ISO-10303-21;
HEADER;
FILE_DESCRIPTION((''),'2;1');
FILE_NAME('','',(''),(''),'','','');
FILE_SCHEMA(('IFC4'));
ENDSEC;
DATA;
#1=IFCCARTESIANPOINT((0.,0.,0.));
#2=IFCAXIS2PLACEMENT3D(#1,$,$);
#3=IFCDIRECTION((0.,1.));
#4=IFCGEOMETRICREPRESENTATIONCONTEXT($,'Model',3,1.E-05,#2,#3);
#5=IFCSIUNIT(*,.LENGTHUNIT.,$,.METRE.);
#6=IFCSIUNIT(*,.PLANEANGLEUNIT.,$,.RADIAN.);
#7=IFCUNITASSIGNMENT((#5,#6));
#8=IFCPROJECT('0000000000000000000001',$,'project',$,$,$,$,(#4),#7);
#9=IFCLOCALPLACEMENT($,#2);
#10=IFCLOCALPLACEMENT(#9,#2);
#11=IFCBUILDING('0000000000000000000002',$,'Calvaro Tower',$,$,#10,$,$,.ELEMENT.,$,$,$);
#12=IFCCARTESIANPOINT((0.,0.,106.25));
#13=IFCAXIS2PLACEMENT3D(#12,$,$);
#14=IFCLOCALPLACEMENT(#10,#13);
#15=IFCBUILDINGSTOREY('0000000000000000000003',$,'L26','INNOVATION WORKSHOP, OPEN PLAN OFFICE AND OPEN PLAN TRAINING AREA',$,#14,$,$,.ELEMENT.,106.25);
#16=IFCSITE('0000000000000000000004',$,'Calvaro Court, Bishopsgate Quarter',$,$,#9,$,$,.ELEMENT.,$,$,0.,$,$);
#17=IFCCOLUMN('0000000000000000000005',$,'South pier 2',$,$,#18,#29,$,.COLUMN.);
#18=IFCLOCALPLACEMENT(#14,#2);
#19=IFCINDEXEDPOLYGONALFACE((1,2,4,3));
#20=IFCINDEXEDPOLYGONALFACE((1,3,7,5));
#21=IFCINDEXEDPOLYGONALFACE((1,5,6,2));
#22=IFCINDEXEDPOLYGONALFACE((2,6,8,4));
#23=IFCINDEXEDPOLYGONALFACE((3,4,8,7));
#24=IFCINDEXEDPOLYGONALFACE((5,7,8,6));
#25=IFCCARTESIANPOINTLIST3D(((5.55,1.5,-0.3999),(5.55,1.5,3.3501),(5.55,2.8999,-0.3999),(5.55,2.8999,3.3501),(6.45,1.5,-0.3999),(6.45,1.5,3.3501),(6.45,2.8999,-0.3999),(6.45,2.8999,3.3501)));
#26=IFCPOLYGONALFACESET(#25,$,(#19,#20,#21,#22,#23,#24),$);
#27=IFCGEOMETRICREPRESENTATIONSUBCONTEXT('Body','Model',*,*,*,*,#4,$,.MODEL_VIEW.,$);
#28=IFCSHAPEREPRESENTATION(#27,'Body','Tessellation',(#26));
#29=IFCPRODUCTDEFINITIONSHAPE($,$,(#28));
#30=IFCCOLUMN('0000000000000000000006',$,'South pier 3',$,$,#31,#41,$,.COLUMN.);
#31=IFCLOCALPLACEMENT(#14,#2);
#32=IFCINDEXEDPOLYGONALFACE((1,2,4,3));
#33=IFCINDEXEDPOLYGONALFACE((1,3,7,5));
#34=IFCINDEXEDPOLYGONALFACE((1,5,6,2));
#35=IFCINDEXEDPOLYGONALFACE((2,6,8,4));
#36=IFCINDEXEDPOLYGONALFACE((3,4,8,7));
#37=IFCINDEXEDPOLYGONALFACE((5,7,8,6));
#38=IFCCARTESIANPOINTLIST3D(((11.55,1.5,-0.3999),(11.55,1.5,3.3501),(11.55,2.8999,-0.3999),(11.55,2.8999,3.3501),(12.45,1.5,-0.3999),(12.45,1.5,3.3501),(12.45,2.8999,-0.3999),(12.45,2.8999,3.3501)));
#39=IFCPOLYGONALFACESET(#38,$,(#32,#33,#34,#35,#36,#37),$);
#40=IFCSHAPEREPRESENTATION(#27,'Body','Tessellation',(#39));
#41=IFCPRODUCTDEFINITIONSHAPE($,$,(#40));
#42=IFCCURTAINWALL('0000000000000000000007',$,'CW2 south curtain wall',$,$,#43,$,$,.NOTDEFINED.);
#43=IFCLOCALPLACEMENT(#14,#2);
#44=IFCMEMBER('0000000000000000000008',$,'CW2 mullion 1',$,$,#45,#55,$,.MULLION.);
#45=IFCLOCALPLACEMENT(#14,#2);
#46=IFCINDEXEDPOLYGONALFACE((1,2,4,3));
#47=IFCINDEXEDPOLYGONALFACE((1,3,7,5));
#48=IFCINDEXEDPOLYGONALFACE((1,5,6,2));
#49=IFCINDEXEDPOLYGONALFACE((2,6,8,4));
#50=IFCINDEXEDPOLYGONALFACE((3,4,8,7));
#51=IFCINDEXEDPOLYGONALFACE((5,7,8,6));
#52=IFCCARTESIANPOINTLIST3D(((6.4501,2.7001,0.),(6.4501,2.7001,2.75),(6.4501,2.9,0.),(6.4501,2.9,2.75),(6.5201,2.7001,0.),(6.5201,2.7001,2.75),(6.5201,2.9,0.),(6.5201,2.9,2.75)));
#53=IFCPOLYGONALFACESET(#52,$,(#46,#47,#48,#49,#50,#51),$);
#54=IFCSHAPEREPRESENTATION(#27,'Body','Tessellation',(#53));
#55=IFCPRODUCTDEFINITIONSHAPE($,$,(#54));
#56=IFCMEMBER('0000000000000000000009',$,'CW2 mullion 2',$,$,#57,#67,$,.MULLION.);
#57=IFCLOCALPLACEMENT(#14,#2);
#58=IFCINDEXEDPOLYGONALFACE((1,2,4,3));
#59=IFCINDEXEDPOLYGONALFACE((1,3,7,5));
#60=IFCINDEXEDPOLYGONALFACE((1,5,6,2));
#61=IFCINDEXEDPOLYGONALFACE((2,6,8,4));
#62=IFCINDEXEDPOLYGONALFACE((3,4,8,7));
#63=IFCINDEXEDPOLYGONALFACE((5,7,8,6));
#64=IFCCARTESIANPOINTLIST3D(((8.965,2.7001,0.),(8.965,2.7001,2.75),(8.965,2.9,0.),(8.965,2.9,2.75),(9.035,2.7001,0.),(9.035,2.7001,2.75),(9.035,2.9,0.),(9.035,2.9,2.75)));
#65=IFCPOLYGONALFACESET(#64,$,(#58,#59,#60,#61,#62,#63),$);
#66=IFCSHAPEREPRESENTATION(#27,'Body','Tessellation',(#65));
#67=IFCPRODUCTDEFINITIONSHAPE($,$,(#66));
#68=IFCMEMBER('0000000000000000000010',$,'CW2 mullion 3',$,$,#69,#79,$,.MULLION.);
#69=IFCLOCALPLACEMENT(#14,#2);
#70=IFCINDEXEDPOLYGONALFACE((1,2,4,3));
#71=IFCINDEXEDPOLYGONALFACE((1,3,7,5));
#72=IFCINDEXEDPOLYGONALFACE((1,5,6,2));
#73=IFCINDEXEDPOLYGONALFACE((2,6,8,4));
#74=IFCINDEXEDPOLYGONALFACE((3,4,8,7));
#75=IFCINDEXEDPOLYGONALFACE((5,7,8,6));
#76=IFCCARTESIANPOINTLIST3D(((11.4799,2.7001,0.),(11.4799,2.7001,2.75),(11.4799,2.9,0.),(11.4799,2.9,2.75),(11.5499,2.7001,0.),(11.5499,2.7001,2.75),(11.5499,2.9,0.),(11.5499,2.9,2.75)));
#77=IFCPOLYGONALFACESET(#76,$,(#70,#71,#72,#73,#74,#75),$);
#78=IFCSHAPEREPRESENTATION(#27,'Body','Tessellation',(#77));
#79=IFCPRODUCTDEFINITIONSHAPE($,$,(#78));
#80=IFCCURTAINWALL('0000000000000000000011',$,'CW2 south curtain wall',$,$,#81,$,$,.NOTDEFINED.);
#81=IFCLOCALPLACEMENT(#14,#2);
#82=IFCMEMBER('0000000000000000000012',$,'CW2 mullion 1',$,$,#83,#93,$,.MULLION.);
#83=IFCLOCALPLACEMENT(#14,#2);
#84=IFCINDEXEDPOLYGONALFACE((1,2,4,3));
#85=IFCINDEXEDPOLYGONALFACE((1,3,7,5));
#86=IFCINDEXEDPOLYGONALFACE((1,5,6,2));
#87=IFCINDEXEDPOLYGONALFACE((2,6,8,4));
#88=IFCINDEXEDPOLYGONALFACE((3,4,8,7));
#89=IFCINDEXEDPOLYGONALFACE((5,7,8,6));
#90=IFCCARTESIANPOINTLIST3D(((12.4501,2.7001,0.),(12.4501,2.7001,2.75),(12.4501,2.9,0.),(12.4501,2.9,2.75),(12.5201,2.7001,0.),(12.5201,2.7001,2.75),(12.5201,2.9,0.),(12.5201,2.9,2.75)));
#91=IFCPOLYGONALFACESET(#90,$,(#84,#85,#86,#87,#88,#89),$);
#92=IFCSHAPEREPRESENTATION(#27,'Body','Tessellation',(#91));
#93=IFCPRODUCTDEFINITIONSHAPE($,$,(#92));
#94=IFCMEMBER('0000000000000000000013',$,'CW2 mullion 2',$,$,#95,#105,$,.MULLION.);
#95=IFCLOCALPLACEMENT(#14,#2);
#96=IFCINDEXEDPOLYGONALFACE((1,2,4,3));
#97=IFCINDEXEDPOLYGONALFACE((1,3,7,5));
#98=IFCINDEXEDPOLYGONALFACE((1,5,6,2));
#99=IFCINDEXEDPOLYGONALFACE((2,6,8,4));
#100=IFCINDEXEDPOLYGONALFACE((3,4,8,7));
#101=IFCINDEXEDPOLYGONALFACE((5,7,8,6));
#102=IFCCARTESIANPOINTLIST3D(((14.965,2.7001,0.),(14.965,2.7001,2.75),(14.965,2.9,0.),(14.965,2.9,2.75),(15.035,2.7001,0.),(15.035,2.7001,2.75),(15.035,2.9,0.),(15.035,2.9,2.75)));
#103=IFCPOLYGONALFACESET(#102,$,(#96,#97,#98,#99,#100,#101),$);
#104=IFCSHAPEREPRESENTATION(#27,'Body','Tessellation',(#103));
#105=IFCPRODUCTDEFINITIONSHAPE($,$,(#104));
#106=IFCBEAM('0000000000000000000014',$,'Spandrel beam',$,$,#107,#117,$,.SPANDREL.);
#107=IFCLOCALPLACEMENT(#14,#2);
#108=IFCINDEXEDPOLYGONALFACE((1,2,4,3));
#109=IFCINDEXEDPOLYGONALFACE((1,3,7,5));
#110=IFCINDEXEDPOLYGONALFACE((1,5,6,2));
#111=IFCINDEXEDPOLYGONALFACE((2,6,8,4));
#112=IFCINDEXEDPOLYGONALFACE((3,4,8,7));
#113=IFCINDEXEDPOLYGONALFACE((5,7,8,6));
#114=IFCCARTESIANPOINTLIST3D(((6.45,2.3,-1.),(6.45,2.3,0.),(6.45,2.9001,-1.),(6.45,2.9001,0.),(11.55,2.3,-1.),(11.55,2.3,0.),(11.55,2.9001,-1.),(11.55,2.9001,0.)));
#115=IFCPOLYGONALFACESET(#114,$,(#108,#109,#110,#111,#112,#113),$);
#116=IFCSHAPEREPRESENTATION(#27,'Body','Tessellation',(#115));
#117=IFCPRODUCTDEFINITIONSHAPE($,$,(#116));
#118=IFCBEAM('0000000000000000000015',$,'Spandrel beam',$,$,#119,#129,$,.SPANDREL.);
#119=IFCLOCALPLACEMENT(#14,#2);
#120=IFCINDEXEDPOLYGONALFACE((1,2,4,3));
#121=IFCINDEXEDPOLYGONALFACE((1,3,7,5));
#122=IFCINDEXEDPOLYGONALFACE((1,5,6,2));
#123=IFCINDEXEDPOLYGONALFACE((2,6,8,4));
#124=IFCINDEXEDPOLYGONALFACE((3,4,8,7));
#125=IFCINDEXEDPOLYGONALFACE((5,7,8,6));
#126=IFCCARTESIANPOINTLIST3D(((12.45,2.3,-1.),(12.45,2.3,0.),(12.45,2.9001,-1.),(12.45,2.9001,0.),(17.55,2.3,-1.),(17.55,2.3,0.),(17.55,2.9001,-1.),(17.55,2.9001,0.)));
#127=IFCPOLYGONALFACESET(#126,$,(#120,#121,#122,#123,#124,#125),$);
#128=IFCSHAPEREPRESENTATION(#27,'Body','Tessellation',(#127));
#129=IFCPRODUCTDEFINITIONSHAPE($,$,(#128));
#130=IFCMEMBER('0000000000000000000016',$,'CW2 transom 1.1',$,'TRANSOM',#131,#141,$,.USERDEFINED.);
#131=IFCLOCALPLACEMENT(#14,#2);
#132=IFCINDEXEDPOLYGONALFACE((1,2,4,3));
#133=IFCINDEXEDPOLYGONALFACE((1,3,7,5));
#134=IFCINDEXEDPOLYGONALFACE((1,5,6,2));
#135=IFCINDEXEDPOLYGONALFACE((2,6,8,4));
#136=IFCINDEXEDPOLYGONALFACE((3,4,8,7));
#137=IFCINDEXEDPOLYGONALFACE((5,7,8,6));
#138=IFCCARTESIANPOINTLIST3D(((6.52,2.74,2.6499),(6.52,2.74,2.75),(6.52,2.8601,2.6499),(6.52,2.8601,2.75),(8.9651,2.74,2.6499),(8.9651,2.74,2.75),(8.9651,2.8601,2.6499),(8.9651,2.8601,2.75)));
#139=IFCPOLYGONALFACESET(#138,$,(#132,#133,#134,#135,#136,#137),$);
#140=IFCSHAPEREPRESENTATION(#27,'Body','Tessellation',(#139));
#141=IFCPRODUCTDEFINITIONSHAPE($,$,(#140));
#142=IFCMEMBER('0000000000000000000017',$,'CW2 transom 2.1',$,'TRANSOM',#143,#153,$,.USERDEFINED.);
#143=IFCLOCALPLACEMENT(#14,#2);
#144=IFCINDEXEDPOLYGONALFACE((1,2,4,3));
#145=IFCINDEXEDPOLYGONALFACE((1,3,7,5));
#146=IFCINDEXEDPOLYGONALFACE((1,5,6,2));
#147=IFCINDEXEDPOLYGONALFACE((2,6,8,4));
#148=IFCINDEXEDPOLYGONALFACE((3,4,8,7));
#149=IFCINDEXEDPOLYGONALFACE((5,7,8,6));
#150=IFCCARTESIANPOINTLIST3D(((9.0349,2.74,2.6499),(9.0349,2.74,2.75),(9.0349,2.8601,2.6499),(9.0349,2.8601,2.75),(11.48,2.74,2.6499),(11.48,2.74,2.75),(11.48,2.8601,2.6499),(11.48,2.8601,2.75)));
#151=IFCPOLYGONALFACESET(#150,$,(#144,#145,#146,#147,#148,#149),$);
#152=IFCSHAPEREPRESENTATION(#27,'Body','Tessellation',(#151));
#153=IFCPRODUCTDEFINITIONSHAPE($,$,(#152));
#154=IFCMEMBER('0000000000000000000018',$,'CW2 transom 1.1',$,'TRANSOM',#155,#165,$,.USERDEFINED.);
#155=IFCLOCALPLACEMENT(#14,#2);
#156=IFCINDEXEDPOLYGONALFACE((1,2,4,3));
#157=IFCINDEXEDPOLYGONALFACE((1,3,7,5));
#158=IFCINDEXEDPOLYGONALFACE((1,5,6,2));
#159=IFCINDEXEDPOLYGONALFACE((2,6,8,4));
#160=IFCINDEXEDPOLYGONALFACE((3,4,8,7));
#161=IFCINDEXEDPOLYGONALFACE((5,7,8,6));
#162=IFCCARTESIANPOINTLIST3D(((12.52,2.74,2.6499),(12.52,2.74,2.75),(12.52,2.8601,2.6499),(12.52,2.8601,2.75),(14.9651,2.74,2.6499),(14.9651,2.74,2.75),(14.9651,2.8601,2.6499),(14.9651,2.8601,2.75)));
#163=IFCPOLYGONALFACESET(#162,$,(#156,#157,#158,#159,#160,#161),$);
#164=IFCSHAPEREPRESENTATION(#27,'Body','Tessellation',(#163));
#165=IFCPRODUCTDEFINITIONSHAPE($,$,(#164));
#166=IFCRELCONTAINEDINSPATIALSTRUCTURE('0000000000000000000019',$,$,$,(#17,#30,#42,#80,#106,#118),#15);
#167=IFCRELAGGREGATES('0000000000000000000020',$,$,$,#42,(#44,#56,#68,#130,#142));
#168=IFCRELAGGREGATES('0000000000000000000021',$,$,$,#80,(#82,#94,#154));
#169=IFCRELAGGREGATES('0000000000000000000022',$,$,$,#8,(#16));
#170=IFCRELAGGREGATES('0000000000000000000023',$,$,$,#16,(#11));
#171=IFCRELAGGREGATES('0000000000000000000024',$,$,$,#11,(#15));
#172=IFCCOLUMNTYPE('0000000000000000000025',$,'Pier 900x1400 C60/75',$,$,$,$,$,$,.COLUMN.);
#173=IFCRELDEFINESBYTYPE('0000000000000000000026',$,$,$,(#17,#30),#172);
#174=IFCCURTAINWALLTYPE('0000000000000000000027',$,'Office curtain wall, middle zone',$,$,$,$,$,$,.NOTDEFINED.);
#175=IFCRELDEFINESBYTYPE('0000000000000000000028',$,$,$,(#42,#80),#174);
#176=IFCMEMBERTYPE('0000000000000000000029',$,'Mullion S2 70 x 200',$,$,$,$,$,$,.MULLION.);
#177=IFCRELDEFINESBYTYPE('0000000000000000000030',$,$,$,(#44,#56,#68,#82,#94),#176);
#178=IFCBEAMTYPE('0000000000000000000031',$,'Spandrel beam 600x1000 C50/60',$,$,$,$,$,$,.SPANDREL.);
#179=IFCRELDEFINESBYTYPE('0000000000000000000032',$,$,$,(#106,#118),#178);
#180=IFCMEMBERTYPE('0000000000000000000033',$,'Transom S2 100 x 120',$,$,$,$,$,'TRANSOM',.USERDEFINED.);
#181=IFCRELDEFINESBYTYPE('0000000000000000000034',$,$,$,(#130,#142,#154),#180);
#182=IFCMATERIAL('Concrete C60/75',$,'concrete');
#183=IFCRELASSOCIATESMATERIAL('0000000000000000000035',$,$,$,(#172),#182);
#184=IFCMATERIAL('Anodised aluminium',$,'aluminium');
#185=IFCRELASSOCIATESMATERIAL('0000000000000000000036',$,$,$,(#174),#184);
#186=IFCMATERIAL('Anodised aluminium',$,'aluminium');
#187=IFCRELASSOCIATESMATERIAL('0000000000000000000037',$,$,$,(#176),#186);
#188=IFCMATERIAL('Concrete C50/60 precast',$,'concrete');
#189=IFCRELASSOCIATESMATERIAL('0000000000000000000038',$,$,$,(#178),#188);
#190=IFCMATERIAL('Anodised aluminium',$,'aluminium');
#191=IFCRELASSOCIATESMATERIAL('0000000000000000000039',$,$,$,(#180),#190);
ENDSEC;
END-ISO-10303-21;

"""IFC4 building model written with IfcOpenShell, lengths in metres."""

from ifc_helpers import new_model, si_unit, direction, frame, origin, origin_2d, place, context, subcontext, project, spatial, rectangle, extrude, material, material_profile, profile_set, type_object, element, aggregate, save


model = new_model("IFC4")

# Units and contexts
model_context = context("Model", 3, precision=1e-05, world=origin(), true_north=direction((0.0, 1.0)))
body_context = subcontext(model_context, "Body", "Model", "MODEL_VIEW")
ifc_project = project(units=[si_unit("LENGTHUNIT", "METRE"), si_unit("PLANEANGLEUNIT", "RADIAN")], contexts=[model_context])

# Site, building, storey
site_placement = place(None, origin())
site = spatial("IfcSite", under=ifc_project, at=site_placement, Name="Calvaro Court, Bishopsgate Quarter", CompositionType="ELEMENT", RefElevation=0.0)
building_placement = place(site_placement, origin())
building = spatial("IfcBuilding", under=site, at=building_placement, Name="Calvaro Tower", CompositionType="ELEMENT")
storey_placement = place(building_placement, frame((0.0, 0.0, 106.25)))
storey = spatial("IfcBuildingStorey", under=building, at=storey_placement, Name="L26", Description="INNOVATION WORKSHOP, OPEN PLAN OFFICE AND OPEN PLAN TRAINING AREA", CompositionType="ELEMENT", Elevation=106.25)

# Columns
ifc_material_1 = material(Name="Concrete C60/75", Category="concrete")
ifc_material_profile_1 = material_profile(ifc_material_1, rectangle(XDim=0.8999, YDim=1.3999, at=origin_2d()), Name="RC 900x1400")
ifc_profile_set_1 = profile_set([ifc_material_profile_1], Name="Concrete C60/75")
column_type = type_object("IfcColumnType", Name="Pier 900x1400 C60/75", PredefinedType="COLUMN", material=ifc_profile_set_1)
for number, where, z_axis, x_axis, name in (
    (1, (6.0, 2.2, -0.3999), (0.0, 0.0, 1.0), (1.0, 0.0, 0.0), "South pier 2"),
    (2, (12.0, 2.2, -0.3999), (0.0, 0.0, 1.0), (1.0, 0.0, 0.0), "South pier 3"),
):
    element("IfcColumn", number, at=place(storey_placement, frame(where, z_axis=z_axis, x_axis=x_axis)), inside=storey, type_object=column_type, Name=name, PredefinedType="COLUMN", context=body_context, shape_type="SweptSolid", body=[
        extrude(rectangle(XDim=0.8999, YDim=1.3999, at=origin_2d()), origin(), (0.0, 0.0, 1.0), 3.75),
    ])

# Curtain walls, members
ifc_material_2 = material(Name="Anodised aluminium", Category="aluminium")
curtain_wall_type = type_object("IfcCurtainWallType", Name="Office curtain wall, middle zone", PredefinedType="NOTDEFINED", material=ifc_material_2)
curtain_wall_1_placement = place(storey_placement, origin())
curtain_wall_1 = element("IfcCurtainWall", 3, at=curtain_wall_1_placement, inside=storey, type_object=curtain_wall_type, Name="CW2 south curtain wall", PredefinedType="NOTDEFINED")
ifc_material_3 = material(Name="Anodised aluminium", Category="aluminium")
ifc_material_profile_2 = material_profile(ifc_material_3, rectangle(XDim=0.2, YDim=0.0701, at=origin_2d()), Name="Mullion S2 70 x 200")
ifc_profile_set_2 = profile_set([ifc_material_profile_2], Name="Anodised aluminium")
member_type_1 = type_object("IfcMemberType", Name="Mullion S2 70 x 200", PredefinedType="MULLION", material=ifc_profile_set_2)
member_1_placement = place(storey_placement, frame((6.4851, 2.8, 0.0), z_axis=(0.0, 0.0, 1.0), x_axis=(0.0, 1.0, 0.0)))
member_1 = element("IfcMember", 4, at=member_1_placement, type_object=member_type_1, Name="CW2 mullion 1", PredefinedType="MULLION", context=body_context, shape_type="SweptSolid", body=[
    extrude(rectangle(XDim=0.2, YDim=0.0701, at=origin_2d()), origin(), (0.0, 0.0, 1.0), 2.75),
])
member_2_placement = place(storey_placement, frame((9.0, 2.8, 0.0), z_axis=(0.0, 0.0, 1.0), x_axis=(0.0, 1.0, 0.0)))
member_2 = element("IfcMember", 5, at=member_2_placement, type_object=member_type_1, Name="CW2 mullion 2", PredefinedType="MULLION", context=body_context, shape_type="SweptSolid", body=[
    extrude(rectangle(XDim=0.2, YDim=0.0701, at=origin_2d()), origin(), (0.0, 0.0, 1.0), 2.75),
])
member_3_placement = place(storey_placement, frame((11.5149, 2.8, 0.0), z_axis=(0.0, 0.0, 1.0), x_axis=(0.0, 1.0, 0.0)))
member_3 = element("IfcMember", 6, at=member_3_placement, type_object=member_type_1, Name="CW2 mullion 3", PredefinedType="MULLION", context=body_context, shape_type="SweptSolid", body=[
    extrude(rectangle(XDim=0.2, YDim=0.0701, at=origin_2d()), origin(), (0.0, 0.0, 1.0), 2.75),
])
curtain_wall_2_placement = place(storey_placement, origin())
curtain_wall_2 = element("IfcCurtainWall", 7, at=curtain_wall_2_placement, inside=storey, type_object=curtain_wall_type, Name="CW2 south curtain wall", PredefinedType="NOTDEFINED")
member_4_placement = place(storey_placement, frame((12.4851, 2.8, 0.0), z_axis=(0.0, 0.0, 1.0), x_axis=(0.0, 1.0, 0.0)))
member_4 = element("IfcMember", 8, at=member_4_placement, type_object=member_type_1, Name="CW2 mullion 1", PredefinedType="MULLION", context=body_context, shape_type="SweptSolid", body=[
    extrude(rectangle(XDim=0.2, YDim=0.0701, at=origin_2d()), origin(), (0.0, 0.0, 1.0), 2.75),
])
member_5_placement = place(storey_placement, frame((15.0, 2.8, 0.0), z_axis=(0.0, 0.0, 1.0), x_axis=(0.0, 1.0, 0.0)))
member_5 = element("IfcMember", 9, at=member_5_placement, type_object=member_type_1, Name="CW2 mullion 2", PredefinedType="MULLION", context=body_context, shape_type="SweptSolid", body=[
    extrude(rectangle(XDim=0.2, YDim=0.0701, at=origin_2d()), origin(), (0.0, 0.0, 1.0), 2.75),
])

# Beams
ifc_material_4 = material(Name="Concrete C50/60 precast", Category="concrete")
ifc_material_profile_3 = material_profile(ifc_material_4, rectangle(XDim=0.6001, YDim=1.0, at=origin_2d()), Name="RC 600x1000")
ifc_profile_set_3 = profile_set([ifc_material_profile_3], Name="Concrete C50/60 precast")
beam_type = type_object("IfcBeamType", Name="Spandrel beam 600x1000 C50/60", PredefinedType="SPANDREL", material=ifc_profile_set_3)
for number, where, z_axis, x_axis, name in (
    (10, (6.45, 2.6001, -0.5), (1.0, 0.0, 0.0), (0.0, 1.0, 0.0), "Spandrel beam"),
    (11, (12.45, 2.6001, -0.5), (1.0, 0.0, 0.0), (0.0, 1.0, 0.0), "Spandrel beam"),
):
    element("IfcBeam", number, at=place(storey_placement, frame(where, z_axis=z_axis, x_axis=x_axis)), inside=storey, type_object=beam_type, Name=name, PredefinedType="SPANDREL", context=body_context, shape_type="SweptSolid", body=[
        extrude(rectangle(XDim=0.6001, YDim=1.0, at=origin_2d()), origin(), (0.0, 0.0, 1.0), 5.1001),
    ])

# Members
ifc_material_5 = material(Name="Anodised aluminium", Category="aluminium")
ifc_material_profile_4 = material_profile(ifc_material_5, rectangle(XDim=0.1201, YDim=0.1001, at=origin_2d()), Name="Transom S2 100 x 120")
ifc_profile_set_4 = profile_set([ifc_material_profile_4], Name="Anodised aluminium")
member_type_2 = type_object("IfcMemberType", Name="Transom S2 100 x 120", ElementType="TRANSOM", PredefinedType="USERDEFINED", material=ifc_profile_set_4)
member_6_placement = place(storey_placement, frame((6.52, 2.8, 2.7), z_axis=(1.0, 0.0, 0.0), x_axis=(0.0, 1.0, 0.0)))
member_6 = element("IfcMember", 12, at=member_6_placement, type_object=member_type_2, Name="CW2 transom 1.1", ObjectType="TRANSOM", PredefinedType="USERDEFINED", context=body_context, shape_type="SweptSolid", body=[
    extrude(rectangle(XDim=0.1201, YDim=0.1001, at=origin_2d()), origin(), (0.0, 0.0, 1.0), 2.4451),
])
member_7_placement = place(storey_placement, frame((9.0349, 2.8, 2.7), z_axis=(1.0, 0.0, 0.0), x_axis=(0.0, 1.0, 0.0)))
member_7 = element("IfcMember", 13, at=member_7_placement, type_object=member_type_2, Name="CW2 transom 2.1", ObjectType="TRANSOM", PredefinedType="USERDEFINED", context=body_context, shape_type="SweptSolid", body=[
    extrude(rectangle(XDim=0.1201, YDim=0.1001, at=origin_2d()), origin(), (0.0, 0.0, 1.0), 2.4451),
])
member_8_placement = place(storey_placement, frame((12.52, 2.8, 2.7), z_axis=(1.0, 0.0, 0.0), x_axis=(0.0, 1.0, 0.0)))
member_8 = element("IfcMember", 14, at=member_8_placement, type_object=member_type_2, Name="CW2 transom 1.1", ObjectType="TRANSOM", PredefinedType="USERDEFINED", context=body_context, shape_type="SweptSolid", body=[
    extrude(rectangle(XDim=0.1201, YDim=0.1001, at=origin_2d()), origin(), (0.0, 0.0, 1.0), 2.4451),
])

aggregate(curtain_wall_1, [member_1, member_2, member_3, member_6, member_7])
aggregate(curtain_wall_2, [member_4, member_5, member_8])

save(model, "model.ifc")
